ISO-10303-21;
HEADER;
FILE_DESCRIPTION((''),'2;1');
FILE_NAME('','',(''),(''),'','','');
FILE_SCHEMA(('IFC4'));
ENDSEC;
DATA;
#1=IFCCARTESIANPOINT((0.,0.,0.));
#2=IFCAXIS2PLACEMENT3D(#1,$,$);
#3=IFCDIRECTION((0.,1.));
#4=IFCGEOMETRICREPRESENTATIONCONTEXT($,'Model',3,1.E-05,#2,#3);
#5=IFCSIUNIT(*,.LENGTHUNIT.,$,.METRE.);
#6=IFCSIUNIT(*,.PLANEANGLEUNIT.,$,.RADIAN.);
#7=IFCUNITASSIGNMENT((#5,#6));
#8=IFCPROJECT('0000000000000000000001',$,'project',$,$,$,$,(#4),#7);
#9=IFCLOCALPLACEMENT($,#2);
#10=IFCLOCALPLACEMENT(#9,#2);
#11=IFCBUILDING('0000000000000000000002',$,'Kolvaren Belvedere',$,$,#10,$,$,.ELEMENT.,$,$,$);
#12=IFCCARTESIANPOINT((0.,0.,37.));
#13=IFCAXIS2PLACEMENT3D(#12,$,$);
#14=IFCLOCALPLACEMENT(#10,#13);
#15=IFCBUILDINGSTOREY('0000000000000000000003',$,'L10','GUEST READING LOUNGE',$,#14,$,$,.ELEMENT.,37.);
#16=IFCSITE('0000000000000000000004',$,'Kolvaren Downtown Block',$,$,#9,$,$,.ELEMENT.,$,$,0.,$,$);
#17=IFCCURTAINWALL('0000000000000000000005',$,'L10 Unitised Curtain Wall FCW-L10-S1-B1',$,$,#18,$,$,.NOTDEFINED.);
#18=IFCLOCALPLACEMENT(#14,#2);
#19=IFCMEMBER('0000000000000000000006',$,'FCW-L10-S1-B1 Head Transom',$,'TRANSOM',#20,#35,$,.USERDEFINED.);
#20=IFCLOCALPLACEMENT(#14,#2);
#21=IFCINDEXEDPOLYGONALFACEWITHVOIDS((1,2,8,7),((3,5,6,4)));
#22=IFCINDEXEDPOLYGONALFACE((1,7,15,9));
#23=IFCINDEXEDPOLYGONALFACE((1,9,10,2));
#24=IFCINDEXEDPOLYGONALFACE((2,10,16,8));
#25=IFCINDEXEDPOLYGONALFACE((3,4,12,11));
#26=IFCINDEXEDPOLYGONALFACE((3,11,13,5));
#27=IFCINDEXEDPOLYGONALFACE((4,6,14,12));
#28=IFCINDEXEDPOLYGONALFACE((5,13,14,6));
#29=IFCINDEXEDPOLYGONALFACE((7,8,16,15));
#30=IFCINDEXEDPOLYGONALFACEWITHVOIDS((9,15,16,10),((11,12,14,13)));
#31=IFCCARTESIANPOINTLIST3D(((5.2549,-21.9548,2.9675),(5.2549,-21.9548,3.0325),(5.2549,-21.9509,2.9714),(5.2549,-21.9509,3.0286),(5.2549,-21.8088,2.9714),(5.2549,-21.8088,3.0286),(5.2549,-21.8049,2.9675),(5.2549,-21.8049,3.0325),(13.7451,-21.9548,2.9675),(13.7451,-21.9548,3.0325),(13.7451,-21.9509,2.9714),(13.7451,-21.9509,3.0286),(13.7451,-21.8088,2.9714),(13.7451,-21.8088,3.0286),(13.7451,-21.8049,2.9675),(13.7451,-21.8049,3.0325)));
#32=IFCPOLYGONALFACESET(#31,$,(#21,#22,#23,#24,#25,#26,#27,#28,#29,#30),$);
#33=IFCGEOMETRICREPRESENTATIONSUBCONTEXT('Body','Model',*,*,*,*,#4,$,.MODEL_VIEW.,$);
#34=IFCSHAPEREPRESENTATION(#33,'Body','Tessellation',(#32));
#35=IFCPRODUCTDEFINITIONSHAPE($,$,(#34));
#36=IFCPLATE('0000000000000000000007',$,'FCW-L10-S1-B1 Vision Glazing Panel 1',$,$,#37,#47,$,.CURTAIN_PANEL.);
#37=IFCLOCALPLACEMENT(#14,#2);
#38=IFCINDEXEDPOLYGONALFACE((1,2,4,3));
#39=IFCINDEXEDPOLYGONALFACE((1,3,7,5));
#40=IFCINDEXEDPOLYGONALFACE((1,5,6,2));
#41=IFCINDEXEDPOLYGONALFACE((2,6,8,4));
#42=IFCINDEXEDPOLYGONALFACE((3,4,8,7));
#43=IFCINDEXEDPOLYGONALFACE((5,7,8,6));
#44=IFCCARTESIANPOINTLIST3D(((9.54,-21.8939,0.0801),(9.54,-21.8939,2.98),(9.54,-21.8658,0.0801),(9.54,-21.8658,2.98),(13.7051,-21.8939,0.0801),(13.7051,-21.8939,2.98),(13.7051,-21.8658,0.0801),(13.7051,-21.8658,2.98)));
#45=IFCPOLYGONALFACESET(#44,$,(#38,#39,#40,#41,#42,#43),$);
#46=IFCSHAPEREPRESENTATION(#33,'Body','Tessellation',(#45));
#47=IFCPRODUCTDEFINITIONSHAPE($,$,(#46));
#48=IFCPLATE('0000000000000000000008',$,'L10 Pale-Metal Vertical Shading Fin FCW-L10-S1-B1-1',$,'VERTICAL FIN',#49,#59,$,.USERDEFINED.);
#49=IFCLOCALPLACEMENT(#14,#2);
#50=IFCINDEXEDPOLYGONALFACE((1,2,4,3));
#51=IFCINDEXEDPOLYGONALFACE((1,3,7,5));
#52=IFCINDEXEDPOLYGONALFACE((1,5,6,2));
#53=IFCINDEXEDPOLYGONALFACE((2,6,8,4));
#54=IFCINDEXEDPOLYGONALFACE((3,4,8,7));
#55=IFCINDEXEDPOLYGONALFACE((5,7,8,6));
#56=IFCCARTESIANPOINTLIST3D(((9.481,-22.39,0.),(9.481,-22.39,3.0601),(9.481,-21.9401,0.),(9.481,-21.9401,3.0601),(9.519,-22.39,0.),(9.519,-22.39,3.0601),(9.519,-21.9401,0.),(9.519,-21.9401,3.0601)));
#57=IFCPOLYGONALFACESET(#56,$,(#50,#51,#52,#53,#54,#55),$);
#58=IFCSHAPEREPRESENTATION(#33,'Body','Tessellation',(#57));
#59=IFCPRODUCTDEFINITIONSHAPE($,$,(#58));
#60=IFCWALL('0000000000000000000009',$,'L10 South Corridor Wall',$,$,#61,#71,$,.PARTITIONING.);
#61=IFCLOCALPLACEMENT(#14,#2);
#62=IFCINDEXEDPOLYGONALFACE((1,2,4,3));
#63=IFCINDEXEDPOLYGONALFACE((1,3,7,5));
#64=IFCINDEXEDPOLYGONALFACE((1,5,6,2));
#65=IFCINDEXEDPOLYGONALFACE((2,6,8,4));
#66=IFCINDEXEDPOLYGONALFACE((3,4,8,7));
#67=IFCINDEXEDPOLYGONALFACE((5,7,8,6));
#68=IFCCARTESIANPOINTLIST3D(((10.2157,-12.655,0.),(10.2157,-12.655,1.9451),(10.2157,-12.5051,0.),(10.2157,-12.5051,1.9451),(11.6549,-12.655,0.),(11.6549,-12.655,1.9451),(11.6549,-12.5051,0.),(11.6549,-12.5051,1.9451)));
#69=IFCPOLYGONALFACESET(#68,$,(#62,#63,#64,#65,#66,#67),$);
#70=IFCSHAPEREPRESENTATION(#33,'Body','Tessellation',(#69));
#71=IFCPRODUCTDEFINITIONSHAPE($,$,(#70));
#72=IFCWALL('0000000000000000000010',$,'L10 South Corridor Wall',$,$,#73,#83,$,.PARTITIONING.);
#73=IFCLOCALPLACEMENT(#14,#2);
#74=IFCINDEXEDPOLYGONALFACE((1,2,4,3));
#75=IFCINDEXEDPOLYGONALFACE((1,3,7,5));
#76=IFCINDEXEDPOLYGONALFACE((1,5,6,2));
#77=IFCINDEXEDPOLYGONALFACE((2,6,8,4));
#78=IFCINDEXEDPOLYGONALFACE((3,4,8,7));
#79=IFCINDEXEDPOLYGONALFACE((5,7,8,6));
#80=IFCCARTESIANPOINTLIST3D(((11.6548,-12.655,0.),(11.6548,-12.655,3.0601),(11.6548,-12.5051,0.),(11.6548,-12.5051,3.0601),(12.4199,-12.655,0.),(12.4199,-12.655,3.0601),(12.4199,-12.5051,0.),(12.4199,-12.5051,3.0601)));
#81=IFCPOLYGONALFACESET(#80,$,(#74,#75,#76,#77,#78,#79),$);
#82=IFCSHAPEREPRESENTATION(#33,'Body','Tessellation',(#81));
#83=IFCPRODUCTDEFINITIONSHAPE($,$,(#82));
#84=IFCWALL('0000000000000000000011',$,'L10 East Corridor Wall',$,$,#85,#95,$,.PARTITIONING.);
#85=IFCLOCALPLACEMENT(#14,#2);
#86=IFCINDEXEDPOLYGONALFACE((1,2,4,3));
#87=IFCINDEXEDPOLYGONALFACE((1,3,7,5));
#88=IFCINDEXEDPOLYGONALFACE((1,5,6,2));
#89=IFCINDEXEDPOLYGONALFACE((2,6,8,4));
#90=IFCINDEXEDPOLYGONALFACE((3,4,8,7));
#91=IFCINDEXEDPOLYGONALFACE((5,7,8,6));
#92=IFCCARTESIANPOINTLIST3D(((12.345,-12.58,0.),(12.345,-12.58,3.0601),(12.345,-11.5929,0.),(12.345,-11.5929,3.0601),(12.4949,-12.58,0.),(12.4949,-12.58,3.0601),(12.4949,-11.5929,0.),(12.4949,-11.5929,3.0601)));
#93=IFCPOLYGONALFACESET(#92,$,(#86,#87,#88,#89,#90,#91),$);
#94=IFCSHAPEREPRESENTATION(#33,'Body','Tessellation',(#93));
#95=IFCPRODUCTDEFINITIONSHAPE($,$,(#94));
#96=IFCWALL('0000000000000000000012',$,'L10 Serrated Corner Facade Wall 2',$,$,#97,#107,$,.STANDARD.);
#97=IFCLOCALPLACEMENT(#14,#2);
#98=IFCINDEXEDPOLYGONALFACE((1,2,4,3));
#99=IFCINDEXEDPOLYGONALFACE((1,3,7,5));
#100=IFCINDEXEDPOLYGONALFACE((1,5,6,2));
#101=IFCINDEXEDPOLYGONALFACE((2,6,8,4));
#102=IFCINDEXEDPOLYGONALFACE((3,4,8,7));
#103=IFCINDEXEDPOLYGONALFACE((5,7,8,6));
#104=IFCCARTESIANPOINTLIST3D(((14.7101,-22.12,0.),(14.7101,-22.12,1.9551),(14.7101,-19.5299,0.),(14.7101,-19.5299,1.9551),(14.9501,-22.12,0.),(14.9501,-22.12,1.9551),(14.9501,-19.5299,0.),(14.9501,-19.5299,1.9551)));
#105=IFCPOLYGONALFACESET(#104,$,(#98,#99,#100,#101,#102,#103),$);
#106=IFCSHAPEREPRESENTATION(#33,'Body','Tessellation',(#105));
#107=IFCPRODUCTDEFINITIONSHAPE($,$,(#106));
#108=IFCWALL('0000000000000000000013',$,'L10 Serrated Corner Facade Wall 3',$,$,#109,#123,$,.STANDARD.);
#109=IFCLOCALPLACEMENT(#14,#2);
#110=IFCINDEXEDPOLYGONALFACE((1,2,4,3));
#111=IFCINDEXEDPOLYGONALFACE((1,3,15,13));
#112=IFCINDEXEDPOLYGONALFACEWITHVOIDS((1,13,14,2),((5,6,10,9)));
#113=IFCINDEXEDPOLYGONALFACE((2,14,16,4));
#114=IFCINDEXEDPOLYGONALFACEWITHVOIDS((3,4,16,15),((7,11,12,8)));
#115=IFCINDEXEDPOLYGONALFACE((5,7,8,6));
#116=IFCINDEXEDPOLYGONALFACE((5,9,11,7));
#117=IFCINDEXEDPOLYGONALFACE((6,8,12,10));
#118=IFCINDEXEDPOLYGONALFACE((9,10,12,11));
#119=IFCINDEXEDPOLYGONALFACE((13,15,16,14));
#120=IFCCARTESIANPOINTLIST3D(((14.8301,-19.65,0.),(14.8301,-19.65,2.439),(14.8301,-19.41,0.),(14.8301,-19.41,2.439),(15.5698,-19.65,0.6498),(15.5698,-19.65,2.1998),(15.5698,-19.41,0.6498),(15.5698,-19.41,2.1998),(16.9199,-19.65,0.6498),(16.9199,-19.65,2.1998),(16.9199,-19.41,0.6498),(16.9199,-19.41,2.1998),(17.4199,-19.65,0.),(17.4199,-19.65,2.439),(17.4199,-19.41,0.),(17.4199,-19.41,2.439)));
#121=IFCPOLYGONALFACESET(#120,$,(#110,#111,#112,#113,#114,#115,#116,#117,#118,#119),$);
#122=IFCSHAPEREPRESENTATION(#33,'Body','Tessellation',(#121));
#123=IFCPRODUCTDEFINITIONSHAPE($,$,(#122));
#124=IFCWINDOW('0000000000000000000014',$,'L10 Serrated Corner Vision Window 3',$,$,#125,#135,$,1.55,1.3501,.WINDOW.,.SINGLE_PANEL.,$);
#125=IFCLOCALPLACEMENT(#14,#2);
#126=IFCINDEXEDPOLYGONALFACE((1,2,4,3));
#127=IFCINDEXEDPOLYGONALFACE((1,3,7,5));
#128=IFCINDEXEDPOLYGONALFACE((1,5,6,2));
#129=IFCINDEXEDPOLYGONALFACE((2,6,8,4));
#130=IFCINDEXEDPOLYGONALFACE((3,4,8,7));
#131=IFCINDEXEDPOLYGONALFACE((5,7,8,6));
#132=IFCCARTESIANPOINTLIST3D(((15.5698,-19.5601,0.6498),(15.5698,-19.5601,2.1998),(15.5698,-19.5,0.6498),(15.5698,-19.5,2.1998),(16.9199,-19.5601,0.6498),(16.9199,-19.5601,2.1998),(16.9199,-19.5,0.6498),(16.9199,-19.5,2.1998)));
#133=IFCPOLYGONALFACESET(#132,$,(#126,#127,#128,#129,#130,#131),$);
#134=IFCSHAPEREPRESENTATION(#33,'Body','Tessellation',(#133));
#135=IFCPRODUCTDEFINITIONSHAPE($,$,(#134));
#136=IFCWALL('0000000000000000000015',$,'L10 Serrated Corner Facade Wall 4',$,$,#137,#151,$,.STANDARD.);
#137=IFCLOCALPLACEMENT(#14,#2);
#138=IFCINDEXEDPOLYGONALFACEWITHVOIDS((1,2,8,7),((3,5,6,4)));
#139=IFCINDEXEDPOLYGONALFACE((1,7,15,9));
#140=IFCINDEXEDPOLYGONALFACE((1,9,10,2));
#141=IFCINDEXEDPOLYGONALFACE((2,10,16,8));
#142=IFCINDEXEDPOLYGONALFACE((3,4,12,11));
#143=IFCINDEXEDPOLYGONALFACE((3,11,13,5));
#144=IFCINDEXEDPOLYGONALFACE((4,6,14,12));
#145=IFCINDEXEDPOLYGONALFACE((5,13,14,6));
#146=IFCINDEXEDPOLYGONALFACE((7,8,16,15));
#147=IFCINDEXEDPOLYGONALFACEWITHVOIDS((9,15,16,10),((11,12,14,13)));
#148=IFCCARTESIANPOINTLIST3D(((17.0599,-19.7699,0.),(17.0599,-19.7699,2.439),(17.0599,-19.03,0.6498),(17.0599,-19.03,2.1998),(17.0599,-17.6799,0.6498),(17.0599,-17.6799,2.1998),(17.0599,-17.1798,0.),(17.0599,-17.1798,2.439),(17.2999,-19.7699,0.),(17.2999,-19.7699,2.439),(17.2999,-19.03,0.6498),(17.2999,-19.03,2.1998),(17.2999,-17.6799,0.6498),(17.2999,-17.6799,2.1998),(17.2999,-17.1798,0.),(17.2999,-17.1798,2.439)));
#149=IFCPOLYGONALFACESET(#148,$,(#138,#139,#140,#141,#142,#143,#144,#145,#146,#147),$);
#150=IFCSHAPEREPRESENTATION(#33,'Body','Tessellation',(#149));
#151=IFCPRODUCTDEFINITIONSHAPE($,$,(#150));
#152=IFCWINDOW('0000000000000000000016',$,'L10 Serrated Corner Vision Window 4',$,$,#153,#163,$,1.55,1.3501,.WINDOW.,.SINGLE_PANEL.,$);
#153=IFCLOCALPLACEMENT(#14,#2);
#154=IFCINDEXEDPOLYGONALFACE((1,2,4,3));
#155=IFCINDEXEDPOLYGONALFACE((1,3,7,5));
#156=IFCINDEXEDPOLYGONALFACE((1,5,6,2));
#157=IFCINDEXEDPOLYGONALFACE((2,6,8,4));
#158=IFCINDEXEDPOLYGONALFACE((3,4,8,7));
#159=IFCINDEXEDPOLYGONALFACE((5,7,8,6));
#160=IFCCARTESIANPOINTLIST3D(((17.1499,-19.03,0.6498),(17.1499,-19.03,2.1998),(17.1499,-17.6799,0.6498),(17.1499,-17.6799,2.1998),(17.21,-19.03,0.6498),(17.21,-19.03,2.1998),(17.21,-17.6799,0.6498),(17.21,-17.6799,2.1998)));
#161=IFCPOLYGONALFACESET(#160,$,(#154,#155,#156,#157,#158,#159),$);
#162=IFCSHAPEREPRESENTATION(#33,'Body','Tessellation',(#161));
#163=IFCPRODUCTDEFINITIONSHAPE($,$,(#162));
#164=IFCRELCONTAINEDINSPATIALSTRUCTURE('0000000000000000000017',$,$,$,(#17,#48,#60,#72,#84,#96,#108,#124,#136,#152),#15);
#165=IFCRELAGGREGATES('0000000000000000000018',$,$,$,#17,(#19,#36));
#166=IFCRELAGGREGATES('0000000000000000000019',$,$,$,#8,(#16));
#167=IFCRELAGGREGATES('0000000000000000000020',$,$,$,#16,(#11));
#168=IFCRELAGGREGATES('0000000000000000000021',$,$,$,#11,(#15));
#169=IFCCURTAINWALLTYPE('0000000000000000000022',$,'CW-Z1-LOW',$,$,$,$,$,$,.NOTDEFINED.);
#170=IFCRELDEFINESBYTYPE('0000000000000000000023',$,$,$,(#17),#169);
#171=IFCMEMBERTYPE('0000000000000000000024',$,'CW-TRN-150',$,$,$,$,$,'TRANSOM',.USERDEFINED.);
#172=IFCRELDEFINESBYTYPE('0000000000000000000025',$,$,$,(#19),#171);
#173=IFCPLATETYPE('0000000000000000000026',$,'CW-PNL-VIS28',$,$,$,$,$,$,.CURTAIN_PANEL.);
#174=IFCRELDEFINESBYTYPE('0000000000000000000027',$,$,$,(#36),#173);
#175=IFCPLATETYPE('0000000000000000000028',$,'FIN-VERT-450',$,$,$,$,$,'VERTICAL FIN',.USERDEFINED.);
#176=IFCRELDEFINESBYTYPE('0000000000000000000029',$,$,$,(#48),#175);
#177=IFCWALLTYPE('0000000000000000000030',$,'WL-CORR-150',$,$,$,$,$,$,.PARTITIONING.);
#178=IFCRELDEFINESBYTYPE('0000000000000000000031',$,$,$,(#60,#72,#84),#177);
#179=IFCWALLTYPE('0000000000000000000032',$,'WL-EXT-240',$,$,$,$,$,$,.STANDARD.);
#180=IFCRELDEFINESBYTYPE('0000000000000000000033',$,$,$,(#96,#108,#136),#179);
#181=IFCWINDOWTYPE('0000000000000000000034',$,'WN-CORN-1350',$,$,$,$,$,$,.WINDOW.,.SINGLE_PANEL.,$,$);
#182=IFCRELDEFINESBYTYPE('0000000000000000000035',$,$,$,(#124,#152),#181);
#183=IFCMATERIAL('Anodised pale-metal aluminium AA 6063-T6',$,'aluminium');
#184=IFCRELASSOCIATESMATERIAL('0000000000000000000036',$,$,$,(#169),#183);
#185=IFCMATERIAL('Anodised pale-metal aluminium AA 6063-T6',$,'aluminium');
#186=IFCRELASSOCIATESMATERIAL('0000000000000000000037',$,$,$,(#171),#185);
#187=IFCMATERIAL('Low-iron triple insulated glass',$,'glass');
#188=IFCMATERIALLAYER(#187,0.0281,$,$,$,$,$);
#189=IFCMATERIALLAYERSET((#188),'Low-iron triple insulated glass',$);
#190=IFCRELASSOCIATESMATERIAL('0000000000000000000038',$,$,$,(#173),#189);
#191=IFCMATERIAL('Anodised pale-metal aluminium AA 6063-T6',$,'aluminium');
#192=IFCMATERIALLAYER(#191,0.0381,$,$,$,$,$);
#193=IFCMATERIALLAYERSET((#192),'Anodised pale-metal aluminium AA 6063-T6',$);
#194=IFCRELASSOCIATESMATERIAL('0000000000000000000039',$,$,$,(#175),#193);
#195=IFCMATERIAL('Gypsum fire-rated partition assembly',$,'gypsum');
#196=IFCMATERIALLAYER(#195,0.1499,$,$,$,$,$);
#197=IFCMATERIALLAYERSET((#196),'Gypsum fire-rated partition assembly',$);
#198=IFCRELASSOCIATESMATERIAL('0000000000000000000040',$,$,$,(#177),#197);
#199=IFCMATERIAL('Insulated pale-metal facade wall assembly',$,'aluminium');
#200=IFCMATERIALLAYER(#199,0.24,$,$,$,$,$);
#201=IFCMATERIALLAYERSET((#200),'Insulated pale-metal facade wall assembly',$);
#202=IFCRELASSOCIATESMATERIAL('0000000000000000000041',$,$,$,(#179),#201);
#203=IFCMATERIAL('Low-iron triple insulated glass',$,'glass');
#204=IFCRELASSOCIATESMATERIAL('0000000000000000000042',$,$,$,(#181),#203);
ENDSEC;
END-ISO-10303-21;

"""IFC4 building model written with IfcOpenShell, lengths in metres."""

from ifc_helpers import new_model, si_unit, direction, frame, frame_2d, origin, origin_2d, place, context, subcontext, project, spatial, rectangle, hollow_rectangle, extrude, material, layer, layer_set, material_profile, profile_set, type_object, element, fill, aggregate, save


model = new_model("IFC4")

# Units and contexts
model_context = context("Model", 3, precision=1e-05, world=origin(), true_north=direction((0.0, 1.0)))
body_context = subcontext(model_context, "Body", "Model", "MODEL_VIEW")
ifc_project = project(units=[si_unit("LENGTHUNIT", "METRE"), si_unit("PLANEANGLEUNIT", "RADIAN")], contexts=[model_context])

# Site, building, storey
site_placement = place(None, origin())
site = spatial("IfcSite", under=ifc_project, at=site_placement, Name="Kolvaren Downtown Block", CompositionType="ELEMENT", RefElevation=0.0)
building_placement = place(site_placement, origin())
building = spatial("IfcBuilding", under=site, at=building_placement, Name="Kolvaren Belvedere", CompositionType="ELEMENT")
storey_placement = place(building_placement, frame((0.0, 0.0, 37.0)))
storey = spatial("IfcBuildingStorey", under=building, at=storey_placement, Name="L10", Description="GUEST READING LOUNGE", CompositionType="ELEMENT", Elevation=37.0)

# Curtain wall
ifc_material_1 = material(Name="Anodised pale-metal aluminium AA 6063-T6", Category="aluminium")
curtain_wall_type = type_object("IfcCurtainWallType", Name="CW-Z1-LOW", PredefinedType="NOTDEFINED", material=ifc_material_1)
curtain_wall_1_placement = place(storey_placement, origin())
curtain_wall_1 = element("IfcCurtainWall", 1, at=curtain_wall_1_placement, inside=storey, type_object=curtain_wall_type, Name="L10 Unitised Curtain Wall FCW-L10-S1-B1", PredefinedType="NOTDEFINED")

# Member
ifc_material_2 = material(Name="Anodised pale-metal aluminium AA 6063-T6", Category="aluminium")
ifc_material_profile_1 = material_profile(ifc_material_2, hollow_rectangle(XDim=0.0649, YDim=0.1499, WallThickness=0.0039, at=origin_2d()), Name="ALU-TRN-150X65")
ifc_profile_set_1 = profile_set([ifc_material_profile_1], Name="Anodised pale-metal aluminium AA 6063-T6")
member_type_1 = type_object("IfcMemberType", Name="CW-TRN-150", ElementType="TRANSOM", PredefinedType="USERDEFINED", material=ifc_profile_set_1)
member_1_placement = place(storey_placement, frame((13.7451, -21.8799, 3.0), z_axis=(-1.0, 0.0, 0.0), x_axis=(0.0, 0.0, 1.0)))
member_1 = element("IfcMember", 2, at=member_1_placement, type_object=member_type_1, Name="FCW-L10-S1-B1 Head Transom", ObjectType="TRANSOM", PredefinedType="USERDEFINED", context=body_context, shape_type="SweptSolid", body=[
    extrude(hollow_rectangle(XDim=0.0649, YDim=0.1499, WallThickness=0.0039, at=origin_2d()), origin(), (0.0, 0.0, 1.0), 8.4902),
])

# Plates
ifc_material_3 = material(Name="Low-iron triple insulated glass", Category="glass")
ifc_layer_1 = layer(ifc_material_3, 0.0281)
ifc_layer_set_1 = layer_set([ifc_layer_1], Name="Low-iron triple insulated glass")
plate_type_1 = type_object("IfcPlateType", Name="CW-PNL-VIS28", PredefinedType="CURTAIN_PANEL", material=ifc_layer_set_1)
plate_1_placement = place(storey_placement, frame((11.6226, -21.8799, 0.0801), z_axis=(0.0, 0.0, 1.0), x_axis=(-1.0, 0.0, 0.0)))
plate_1 = element("IfcPlate", 3, at=plate_1_placement, type_object=plate_type_1, Name="FCW-L10-S1-B1 Vision Glazing Panel 1", PredefinedType="CURTAIN_PANEL", context=body_context, shape_type="SweptSolid", body=[
    extrude(rectangle(XDim=4.165, YDim=0.0281, at=origin_2d()), origin(), (0.0, 0.0, 1.0), 2.8999),
])
aggregate(curtain_wall_1, [member_1, plate_1])
ifc_material_4 = material(Name="Anodised pale-metal aluminium AA 6063-T6", Category="aluminium")
ifc_layer_2 = layer(ifc_material_4, 0.0381)
ifc_layer_set_2 = layer_set([ifc_layer_2], Name="Anodised pale-metal aluminium AA 6063-T6")
plate_type_2 = type_object("IfcPlateType", Name="FIN-VERT-450", ElementType="VERTICAL FIN", PredefinedType="USERDEFINED", material=ifc_layer_set_2)
plate_2_placement = place(storey_placement, frame((9.5, -22.165, 0.0), z_axis=(0.0, 0.0, 1.0), x_axis=(0.0, 1.0, 0.0)))
element("IfcPlate", 4, at=plate_2_placement, inside=storey, type_object=plate_type_2, Name="L10 Pale-Metal Vertical Shading Fin FCW-L10-S1-B1-1", ObjectType="VERTICAL FIN", PredefinedType="USERDEFINED", context=body_context, shape_type="SweptSolid", body=[
    extrude(rectangle(XDim=0.45, YDim=0.0381, at=origin_2d()), origin(), (0.0, 0.0, 1.0), 3.0601),
])

# Walls
ifc_material_5 = material(Name="Gypsum fire-rated partition assembly", Category="gypsum")
ifc_layer_3 = layer(ifc_material_5, 0.1499)
ifc_layer_set_3 = layer_set([ifc_layer_3], Name="Gypsum fire-rated partition assembly")
wall_type_1 = type_object("IfcWallType", Name="WL-CORR-150", PredefinedType="PARTITIONING", material=ifc_layer_set_3)
wall_1_placement = place(storey_placement, frame((10.2156, -12.5801, 0.0), z_axis=(0.0, 0.0, 1.0), x_axis=(1.0, 0.0, 0.0)))
element("IfcWall", 5, at=wall_1_placement, inside=storey, type_object=wall_type_1, Name="L10 South Corridor Wall", PredefinedType="PARTITIONING", context=body_context, shape_type="SweptSolid", body=[
    extrude(rectangle(XDim=1.4392, YDim=0.1499, at=frame_2d((0.7197, 0.0))), origin(), (0.0, 0.0, 1.0), 1.9451),
])
wall_2_placement = place(storey_placement, frame((11.6548, -12.5801, 0.0), z_axis=(0.0, 0.0, 1.0), x_axis=(1.0, 0.0, 0.0)))
element("IfcWall", 6, at=wall_2_placement, inside=storey, type_object=wall_type_1, Name="L10 South Corridor Wall", PredefinedType="PARTITIONING", context=body_context, shape_type="SweptSolid", body=[
    extrude(rectangle(XDim=0.7651, YDim=0.1499, at=frame_2d((0.3826, 0.0))), origin(), (0.0, 0.0, 1.0), 3.0601),
])
wall_3_placement = place(storey_placement, frame((12.4199, -12.5801, 0.0), z_axis=(0.0, 0.0, 1.0), x_axis=(0.0, 1.0, 0.0)))
element("IfcWall", 7, at=wall_3_placement, inside=storey, type_object=wall_type_1, Name="L10 East Corridor Wall", PredefinedType="PARTITIONING", context=body_context, shape_type="SweptSolid", body=[
    extrude(rectangle(XDim=0.9871, YDim=0.1499, at=frame_2d((0.4937, 0.0))), origin(), (0.0, 0.0, 1.0), 3.0601),
])
ifc_material_6 = material(Name="Insulated pale-metal facade wall assembly", Category="aluminium")
ifc_layer_4 = layer(ifc_material_6, 0.24)
ifc_layer_set_4 = layer_set([ifc_layer_4], Name="Insulated pale-metal facade wall assembly")
wall_type_2 = type_object("IfcWallType", Name="WL-EXT-240", PredefinedType="STANDARD", material=ifc_layer_set_4)
wall_4_placement = place(storey_placement, frame((14.8301, -19.53, 0.0), z_axis=(0.0, 0.0, 1.0), x_axis=(0.0, -1.0, 0.0)))
element("IfcWall", 8, at=wall_4_placement, inside=storey, type_object=wall_type_2, Name="L10 Serrated Corner Facade Wall 2", PredefinedType="STANDARD", context=body_context, shape_type="SweptSolid", body=[
    extrude(rectangle(XDim=2.5901, YDim=0.24, at=frame_2d((1.2949, 0.0))), origin(), (0.0, 0.0, 1.0), 1.9551),
])

# Walls, openings, windows
wall_5_placement = place(storey_placement, frame((17.4199, -19.53, 0.0), z_axis=(0.0, 0.0, 1.0), x_axis=(-1.0, 0.0, 0.0)))
wall_5 = element("IfcWall", 9, at=wall_5_placement, inside=storey, type_object=wall_type_2, Name="L10 Serrated Corner Facade Wall 3", PredefinedType="STANDARD", context=body_context, shape_type="SweptSolid", body=[
    extrude(rectangle(XDim=2.5898, YDim=0.24, at=frame_2d((1.2949, 0.0))), origin(), (0.0, 0.0, 1.0), 2.439),
])
opening_1_placement = place(wall_5_placement, frame((0.5, 0.0, 0.6499)))
opening_1 = element("IfcOpeningElement", 10, at=opening_1_placement, cuts=wall_5, PredefinedType="OPENING", context=body_context, shape_type="SweptSolid", body=[
    extrude(rectangle(XDim=1.3501, YDim=1.55, at=frame_2d((0.675, 0.7749))), frame((0.0, 0.1299, 0.0), z_axis=(0.0, -1.0, 0.0), x_axis=(1.0, 0.0, 0.0)), (0.0, 0.0, 1.0), 0.26),
])
ifc_material_7 = material(Name="Low-iron triple insulated glass", Category="glass")
window_type = type_object("IfcWindowType", Name="WN-CORN-1350", PartitioningType="SINGLE_PANEL", PredefinedType="WINDOW", material=ifc_material_7)
window_1_placement = place(opening_1_placement, origin())
window_1 = element("IfcWindow", 11, at=window_1_placement, inside=storey, type_object=window_type, Name="L10 Serrated Corner Vision Window 3", OverallHeight=1.55, OverallWidth=1.3501, PartitioningType="SINGLE_PANEL", PredefinedType="WINDOW", context=body_context, shape_type="SweptSolid", body=[
    extrude(rectangle(XDim=1.3501, YDim=1.55, at=frame_2d((0.675, 0.7749))), frame((0.0, 0.03, 0.0), z_axis=(0.0, -1.0, 0.0), x_axis=(1.0, 0.0, 0.0)), (0.0, 0.0, 1.0), 0.0601),
])
fill(opening_1, window_1)
wall_6_placement = place(storey_placement, frame((17.1799, -17.1799, 0.0), z_axis=(0.0, 0.0, 1.0), x_axis=(0.0, -1.0, 0.0)))
wall_6 = element("IfcWall", 12, at=wall_6_placement, inside=storey, type_object=wall_type_2, Name="L10 Serrated Corner Facade Wall 4", PredefinedType="STANDARD", context=body_context, shape_type="SweptSolid", body=[
    extrude(rectangle(XDim=2.5901, YDim=0.24, at=frame_2d((1.2949, 0.0))), origin(), (0.0, 0.0, 1.0), 2.439),
])
opening_2_placement = place(wall_6_placement, frame((0.5, 0.0, 0.6499)))
opening_2 = element("IfcOpeningElement", 13, at=opening_2_placement, cuts=wall_6, PredefinedType="OPENING", context=body_context, shape_type="SweptSolid", body=[
    extrude(rectangle(XDim=1.3501, YDim=1.55, at=frame_2d((0.675, 0.7749))), frame((0.0, 0.1299, 0.0), z_axis=(0.0, -1.0, 0.0), x_axis=(1.0, 0.0, 0.0)), (0.0, 0.0, 1.0), 0.26),
])
window_2_placement = place(opening_2_placement, origin())
window_2 = element("IfcWindow", 14, at=window_2_placement, inside=storey, type_object=window_type, Name="L10 Serrated Corner Vision Window 4", OverallHeight=1.55, OverallWidth=1.3501, PartitioningType="SINGLE_PANEL", PredefinedType="WINDOW", context=body_context, shape_type="SweptSolid", body=[
    extrude(rectangle(XDim=1.3501, YDim=1.55, at=frame_2d((0.675, 0.7749))), frame((0.0, 0.03, 0.0), z_axis=(0.0, -1.0, 0.0), x_axis=(1.0, 0.0, 0.0)), (0.0, 0.0, 1.0), 0.0601),
])
fill(opening_2, window_2)

save(model, "model.ifc")
